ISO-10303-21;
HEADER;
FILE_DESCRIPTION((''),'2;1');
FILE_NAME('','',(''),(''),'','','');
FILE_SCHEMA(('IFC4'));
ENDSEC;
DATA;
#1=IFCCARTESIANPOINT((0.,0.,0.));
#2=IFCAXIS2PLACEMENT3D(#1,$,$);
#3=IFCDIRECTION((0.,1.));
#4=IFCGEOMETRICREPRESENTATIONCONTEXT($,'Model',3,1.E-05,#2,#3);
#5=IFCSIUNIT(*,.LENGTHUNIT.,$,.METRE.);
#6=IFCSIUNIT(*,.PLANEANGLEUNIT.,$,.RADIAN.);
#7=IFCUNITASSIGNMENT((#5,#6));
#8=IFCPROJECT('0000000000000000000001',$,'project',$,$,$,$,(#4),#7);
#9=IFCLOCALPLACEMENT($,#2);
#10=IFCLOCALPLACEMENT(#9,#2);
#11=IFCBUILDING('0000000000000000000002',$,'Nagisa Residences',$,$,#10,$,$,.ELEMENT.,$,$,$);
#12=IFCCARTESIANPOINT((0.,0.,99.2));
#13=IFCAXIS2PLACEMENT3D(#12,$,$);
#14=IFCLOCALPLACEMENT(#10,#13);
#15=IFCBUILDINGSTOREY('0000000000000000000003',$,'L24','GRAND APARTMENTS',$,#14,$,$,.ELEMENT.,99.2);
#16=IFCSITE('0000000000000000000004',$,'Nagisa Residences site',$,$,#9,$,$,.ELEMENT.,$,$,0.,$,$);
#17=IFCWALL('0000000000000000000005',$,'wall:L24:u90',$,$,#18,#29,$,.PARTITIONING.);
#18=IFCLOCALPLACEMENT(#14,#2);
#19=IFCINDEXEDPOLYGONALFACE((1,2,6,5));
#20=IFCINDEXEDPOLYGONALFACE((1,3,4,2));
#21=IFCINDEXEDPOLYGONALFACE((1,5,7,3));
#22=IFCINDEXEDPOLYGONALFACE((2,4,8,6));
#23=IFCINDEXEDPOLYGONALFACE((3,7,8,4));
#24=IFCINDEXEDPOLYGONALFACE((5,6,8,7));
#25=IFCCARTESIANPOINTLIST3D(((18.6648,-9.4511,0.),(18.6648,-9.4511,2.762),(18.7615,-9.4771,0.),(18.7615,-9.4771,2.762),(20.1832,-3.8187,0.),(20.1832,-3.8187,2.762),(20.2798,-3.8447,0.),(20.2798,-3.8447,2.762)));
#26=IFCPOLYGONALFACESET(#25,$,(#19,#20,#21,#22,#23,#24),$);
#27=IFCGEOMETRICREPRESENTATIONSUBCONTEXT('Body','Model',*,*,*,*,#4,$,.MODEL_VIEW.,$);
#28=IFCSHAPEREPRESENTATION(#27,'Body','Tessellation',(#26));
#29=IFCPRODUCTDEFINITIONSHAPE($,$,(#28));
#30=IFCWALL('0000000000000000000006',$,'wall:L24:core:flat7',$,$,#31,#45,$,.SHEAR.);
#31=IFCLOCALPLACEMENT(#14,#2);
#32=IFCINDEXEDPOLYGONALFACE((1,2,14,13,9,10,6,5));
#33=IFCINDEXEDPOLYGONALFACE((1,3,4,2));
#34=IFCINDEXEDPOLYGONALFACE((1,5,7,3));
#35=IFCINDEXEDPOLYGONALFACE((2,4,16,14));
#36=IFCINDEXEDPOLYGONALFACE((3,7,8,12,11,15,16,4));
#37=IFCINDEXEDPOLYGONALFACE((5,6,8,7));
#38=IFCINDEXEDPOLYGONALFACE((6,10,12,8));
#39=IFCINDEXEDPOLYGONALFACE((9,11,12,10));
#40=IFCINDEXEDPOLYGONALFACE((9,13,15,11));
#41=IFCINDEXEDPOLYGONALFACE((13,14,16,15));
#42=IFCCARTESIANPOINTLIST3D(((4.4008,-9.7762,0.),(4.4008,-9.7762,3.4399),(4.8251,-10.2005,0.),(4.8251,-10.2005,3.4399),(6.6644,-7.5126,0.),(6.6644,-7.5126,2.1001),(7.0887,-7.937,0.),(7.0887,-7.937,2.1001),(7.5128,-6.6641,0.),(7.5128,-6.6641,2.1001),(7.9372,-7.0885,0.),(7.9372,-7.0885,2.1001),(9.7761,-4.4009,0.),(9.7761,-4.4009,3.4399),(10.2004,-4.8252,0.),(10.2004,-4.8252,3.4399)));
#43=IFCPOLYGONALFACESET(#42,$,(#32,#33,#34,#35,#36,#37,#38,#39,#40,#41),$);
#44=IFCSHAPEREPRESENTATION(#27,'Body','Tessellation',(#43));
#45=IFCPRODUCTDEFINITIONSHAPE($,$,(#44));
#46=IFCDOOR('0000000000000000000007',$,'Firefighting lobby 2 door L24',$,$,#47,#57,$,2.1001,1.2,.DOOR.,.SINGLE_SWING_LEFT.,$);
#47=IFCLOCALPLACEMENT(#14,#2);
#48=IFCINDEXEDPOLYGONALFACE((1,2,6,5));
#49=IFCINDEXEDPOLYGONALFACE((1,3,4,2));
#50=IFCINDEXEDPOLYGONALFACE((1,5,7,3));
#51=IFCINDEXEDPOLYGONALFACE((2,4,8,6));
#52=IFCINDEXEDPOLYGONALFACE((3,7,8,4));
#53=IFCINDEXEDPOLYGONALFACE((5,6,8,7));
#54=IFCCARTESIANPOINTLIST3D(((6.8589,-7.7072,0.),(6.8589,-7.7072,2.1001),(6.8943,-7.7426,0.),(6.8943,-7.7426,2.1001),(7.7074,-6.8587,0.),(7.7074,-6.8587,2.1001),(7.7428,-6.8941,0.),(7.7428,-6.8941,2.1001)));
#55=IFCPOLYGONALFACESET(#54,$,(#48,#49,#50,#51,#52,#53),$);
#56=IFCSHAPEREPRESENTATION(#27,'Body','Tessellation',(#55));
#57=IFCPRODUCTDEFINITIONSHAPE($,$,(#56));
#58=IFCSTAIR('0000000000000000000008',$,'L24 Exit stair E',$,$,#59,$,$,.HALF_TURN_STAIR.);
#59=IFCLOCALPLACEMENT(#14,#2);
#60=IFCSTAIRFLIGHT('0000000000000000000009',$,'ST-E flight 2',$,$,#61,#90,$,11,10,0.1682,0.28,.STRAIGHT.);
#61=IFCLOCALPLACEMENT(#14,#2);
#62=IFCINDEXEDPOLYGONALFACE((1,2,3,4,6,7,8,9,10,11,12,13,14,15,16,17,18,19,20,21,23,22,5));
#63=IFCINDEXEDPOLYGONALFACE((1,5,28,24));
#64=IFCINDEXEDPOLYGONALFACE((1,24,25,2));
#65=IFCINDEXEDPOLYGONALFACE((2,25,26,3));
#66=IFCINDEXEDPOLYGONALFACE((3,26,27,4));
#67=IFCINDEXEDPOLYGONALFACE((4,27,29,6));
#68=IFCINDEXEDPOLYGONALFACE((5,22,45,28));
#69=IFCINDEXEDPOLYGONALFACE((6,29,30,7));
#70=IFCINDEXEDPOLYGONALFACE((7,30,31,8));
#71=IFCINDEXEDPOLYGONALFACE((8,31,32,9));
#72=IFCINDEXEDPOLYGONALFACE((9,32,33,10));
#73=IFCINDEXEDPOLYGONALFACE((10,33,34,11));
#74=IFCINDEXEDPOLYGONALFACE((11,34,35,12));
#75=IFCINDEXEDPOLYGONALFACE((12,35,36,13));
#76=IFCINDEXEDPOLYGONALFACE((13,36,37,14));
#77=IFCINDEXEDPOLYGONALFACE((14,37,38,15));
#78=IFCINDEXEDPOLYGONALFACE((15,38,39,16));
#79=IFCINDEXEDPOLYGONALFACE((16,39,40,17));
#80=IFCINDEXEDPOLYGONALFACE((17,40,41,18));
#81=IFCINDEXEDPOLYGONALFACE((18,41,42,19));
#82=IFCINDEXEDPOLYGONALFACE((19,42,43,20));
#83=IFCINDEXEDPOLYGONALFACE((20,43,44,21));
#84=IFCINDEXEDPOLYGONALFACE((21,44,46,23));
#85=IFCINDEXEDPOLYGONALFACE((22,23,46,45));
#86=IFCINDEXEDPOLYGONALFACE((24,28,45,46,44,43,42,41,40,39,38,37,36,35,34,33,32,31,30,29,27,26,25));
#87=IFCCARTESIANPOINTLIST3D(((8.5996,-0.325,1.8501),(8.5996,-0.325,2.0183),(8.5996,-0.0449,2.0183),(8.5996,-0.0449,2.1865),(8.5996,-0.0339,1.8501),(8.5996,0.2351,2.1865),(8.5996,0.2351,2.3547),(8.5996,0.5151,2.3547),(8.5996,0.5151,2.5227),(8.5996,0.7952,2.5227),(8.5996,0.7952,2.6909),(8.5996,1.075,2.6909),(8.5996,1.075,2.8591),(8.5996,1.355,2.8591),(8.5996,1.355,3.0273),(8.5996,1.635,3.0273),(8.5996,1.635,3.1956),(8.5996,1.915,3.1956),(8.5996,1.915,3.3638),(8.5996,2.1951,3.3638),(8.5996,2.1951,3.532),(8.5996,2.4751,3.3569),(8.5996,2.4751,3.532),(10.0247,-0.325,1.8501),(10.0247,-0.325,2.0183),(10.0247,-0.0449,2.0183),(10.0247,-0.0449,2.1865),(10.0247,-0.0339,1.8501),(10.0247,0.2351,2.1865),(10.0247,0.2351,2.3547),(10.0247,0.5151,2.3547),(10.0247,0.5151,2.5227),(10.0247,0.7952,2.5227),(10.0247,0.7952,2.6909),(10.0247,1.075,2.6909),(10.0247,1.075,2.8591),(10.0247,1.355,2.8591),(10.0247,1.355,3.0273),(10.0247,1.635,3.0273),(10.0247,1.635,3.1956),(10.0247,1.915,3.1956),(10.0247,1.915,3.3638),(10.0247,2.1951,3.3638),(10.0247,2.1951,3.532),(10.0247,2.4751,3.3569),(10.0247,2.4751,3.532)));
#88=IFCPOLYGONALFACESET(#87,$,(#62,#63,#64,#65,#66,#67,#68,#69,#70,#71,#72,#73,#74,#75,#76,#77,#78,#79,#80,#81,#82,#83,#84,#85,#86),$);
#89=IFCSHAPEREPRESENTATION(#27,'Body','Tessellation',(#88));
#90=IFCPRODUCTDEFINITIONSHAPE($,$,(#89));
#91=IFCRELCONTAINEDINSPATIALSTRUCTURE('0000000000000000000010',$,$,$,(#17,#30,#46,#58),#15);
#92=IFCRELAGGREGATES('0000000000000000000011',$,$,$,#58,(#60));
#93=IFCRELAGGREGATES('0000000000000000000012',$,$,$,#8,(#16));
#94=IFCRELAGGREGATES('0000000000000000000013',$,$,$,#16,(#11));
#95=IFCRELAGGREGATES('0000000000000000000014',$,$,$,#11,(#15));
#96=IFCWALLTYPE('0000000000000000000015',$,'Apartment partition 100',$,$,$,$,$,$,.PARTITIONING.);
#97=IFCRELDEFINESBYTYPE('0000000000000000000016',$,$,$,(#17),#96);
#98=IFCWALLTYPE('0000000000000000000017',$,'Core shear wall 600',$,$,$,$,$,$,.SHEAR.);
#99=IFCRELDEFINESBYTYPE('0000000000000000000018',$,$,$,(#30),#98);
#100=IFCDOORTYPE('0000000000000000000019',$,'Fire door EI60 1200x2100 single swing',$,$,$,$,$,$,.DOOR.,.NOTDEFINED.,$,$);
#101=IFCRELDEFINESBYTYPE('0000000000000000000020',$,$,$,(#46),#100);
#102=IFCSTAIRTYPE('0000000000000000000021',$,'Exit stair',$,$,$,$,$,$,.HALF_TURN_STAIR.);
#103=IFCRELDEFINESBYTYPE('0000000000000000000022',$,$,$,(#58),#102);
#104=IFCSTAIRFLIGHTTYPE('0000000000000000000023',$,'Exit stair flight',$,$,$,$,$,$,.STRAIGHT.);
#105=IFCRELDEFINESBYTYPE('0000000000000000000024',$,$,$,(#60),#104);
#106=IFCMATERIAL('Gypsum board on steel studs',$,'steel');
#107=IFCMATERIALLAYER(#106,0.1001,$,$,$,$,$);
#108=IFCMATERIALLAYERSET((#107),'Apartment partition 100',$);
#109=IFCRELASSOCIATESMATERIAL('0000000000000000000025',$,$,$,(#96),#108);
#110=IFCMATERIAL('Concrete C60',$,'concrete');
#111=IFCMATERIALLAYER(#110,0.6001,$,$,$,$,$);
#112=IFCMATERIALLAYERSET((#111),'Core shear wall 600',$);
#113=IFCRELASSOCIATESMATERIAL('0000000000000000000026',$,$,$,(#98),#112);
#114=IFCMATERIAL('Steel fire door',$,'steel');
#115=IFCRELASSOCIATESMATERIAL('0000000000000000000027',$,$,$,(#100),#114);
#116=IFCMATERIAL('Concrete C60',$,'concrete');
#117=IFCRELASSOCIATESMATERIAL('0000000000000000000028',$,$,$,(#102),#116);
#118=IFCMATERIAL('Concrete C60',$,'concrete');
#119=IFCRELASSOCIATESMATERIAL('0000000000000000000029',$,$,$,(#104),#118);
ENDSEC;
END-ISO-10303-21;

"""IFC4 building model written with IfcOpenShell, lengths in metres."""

from ifc_helpers import new_model, si_unit, direction, frame, frame_2d, origin, place, context, subcontext, project, spatial, polyline, rectangle, outline, extrude, material, layer, layer_set, type_object, element, fill, aggregate, save


model = new_model("IFC4")

# Units and contexts
model_context = context("Model", 3, precision=1e-05, world=origin(), true_north=direction((0.0, 1.0)))
body_context = subcontext(model_context, "Body", "Model", "MODEL_VIEW")
ifc_project = project(units=[si_unit("LENGTHUNIT", "METRE"), si_unit("PLANEANGLEUNIT", "RADIAN")], contexts=[model_context])

# Site, building, storey
site_placement = place(None, origin())
site = spatial("IfcSite", under=ifc_project, at=site_placement, Name="Nagisa Residences site", CompositionType="ELEMENT", RefElevation=0.0)
building_placement = place(site_placement, origin())
building = spatial("IfcBuilding", under=site, at=building_placement, Name="Nagisa Residences", CompositionType="ELEMENT")
storey_placement = place(building_placement, frame((0.0, 0.0, 99.2)))
storey = spatial("IfcBuildingStorey", under=building, at=storey_placement, Name="L24", Description="GRAND APARTMENTS", CompositionType="ELEMENT", Elevation=99.2)

# Shared definitions
ifc_material_1 = material(Name="Gypsum board on steel studs", Category="steel")
ifc_layer_1 = layer(ifc_material_1, 0.1001)
ifc_layer_set_1 = layer_set([ifc_layer_1], Name="Apartment partition 100")
wall_type_1 = type_object("IfcWallType", Name="Apartment partition 100", PredefinedType="PARTITIONING", material=ifc_layer_set_1)

# Wall
wall_1_placement = place(storey_placement, frame((18.7131, -9.4641, 0.0), z_axis=(0.0, 0.0, 1.0), x_axis=(0.26028, 0.965533, 0.0)))
element("IfcWall", 1, at=wall_1_placement, inside=storey, type_object=wall_type_1, Name="wall:L24:u90", PredefinedType="PARTITIONING", context=body_context, shape_type="SweptSolid", body=[
    extrude(rectangle(XDim=5.8335, YDim=0.1001, at=frame_2d((2.9167, 0.0))), origin(), (0.0, 0.0, 1.0), 2.762),
])

# Wall, opening, door
ifc_material_2 = material(Name="Concrete C60", Category="concrete")
ifc_layer_2 = layer(ifc_material_2, 0.6001)
ifc_layer_set_2 = layer_set([ifc_layer_2], Name="Core shear wall 600")
wall_type_2 = type_object("IfcWallType", Name="Core shear wall 600", PredefinedType="SHEAR", material=ifc_layer_set_2)
wall_2_placement = place(storey_placement, frame((4.613, -9.9883, 0.0), z_axis=(0.0, 0.0, 1.0), x_axis=(0.707107, 0.707107, 0.0)))
wall_2 = element("IfcWall", 2, at=wall_2_placement, inside=storey, type_object=wall_type_2, Name="wall:L24:core:flat7", PredefinedType="SHEAR", context=body_context, shape_type="SweptSolid", body=[
    extrude(rectangle(XDim=7.6018, YDim=0.6001, at=frame_2d((3.8008, 0.0))), origin(), (0.0, 0.0, 1.0), 3.4399),
])
opening_1_placement = place(wall_2_placement, frame((3.2009, 0.0, 0.0)))
opening_1 = element("IfcOpeningElement", 3, at=opening_1_placement, cuts=wall_2, PredefinedType="OPENING", context=body_context, shape_type="SweptSolid", body=[
    extrude(rectangle(XDim=1.2, YDim=2.1001, at=frame_2d((0.6001, 1.05))), frame((0.0, 0.3101, 0.0), z_axis=(0.0, -1.0, 0.0), x_axis=(1.0, 0.0, 0.0)), (0.0, 0.0, 1.0), 0.6201),
])
ifc_material_3 = material(Name="Steel fire door", Category="steel")
door_type_1 = type_object("IfcDoorType", Name="Fire door EI60 1200x2100 single swing", OperationType="NOTDEFINED", PredefinedType="DOOR", material=ifc_material_3)
door_1_placement = place(opening_1_placement, origin())
door_1 = element("IfcDoor", 4, at=door_1_placement, inside=storey, type_object=door_type_1, Name="Firefighting lobby 2 door L24", OperationType="SINGLE_SWING_LEFT", OverallHeight=2.1001, OverallWidth=1.2, PredefinedType="DOOR", context=body_context, shape_type="SweptSolid", body=[
    extrude(rectangle(XDim=1.2, YDim=2.1001, at=frame_2d((0.6001, 1.05))), frame((0.0, 0.0249, 0.0), z_axis=(0.0, -1.0, 0.0), x_axis=(1.0, 0.0, 0.0)), (0.0, 0.0, 1.0), 0.05),
])
fill(opening_1, door_1)

# Stair, stair flight
ifc_material_4 = material(Name="Concrete C60", Category="concrete")
stair_type = type_object("IfcStairType", Name="Exit stair", PredefinedType="HALF_TURN_STAIR", material=ifc_material_4)
stair_placement = place(storey_placement, origin())
stair = element("IfcStair", 5, at=stair_placement, inside=storey, type_object=stair_type, Name="L24 Exit stair E", PredefinedType="HALF_TURN_STAIR")
ifc_material_5 = material(Name="Concrete C60", Category="concrete")
stair_flight_type = type_object("IfcStairFlightType", Name="Exit stair flight", PredefinedType="STRAIGHT", material=ifc_material_5)
stair_flight_placement = place(storey_placement, frame((9.312, -0.325, 1.8501), z_axis=(0.0, 0.0, 1.0), x_axis=(0.0, 1.0, 0.0)))
stair_flight = element("IfcStairFlight", 6, at=stair_flight_placement, type_object=stair_flight_type, Name="ST-E flight 2", NumberOfRisers=11, NumberOfTreads=10, PredefinedType="STRAIGHT", RiserHeight=0.1682, TreadLength=0.28, context=body_context, shape_type="SweptSolid", body=[
    extrude(outline(polyline([(0.0, 0.0), (0.0, 0.1682), (0.28, 0.1682), (0.28, 0.3364), (0.5601, 0.3364), (0.5601, 0.5046), (0.8401, 0.5046), (0.8401, 0.6726), (1.1201, 0.6726), (1.1201, 0.8408), (1.3999, 0.8408), (1.3999, 1.009), (1.6799, 1.009), (1.6799, 1.1772), (1.96, 1.1772), (1.96, 1.3455), (2.24, 1.3455), (2.24, 1.5137), (2.52, 1.5137), (2.52, 1.6819), (2.8, 1.6819), (2.8, 1.8501), (2.8, 1.5068), (0.291, 0.0), (0.0, 0.0)])), frame((0.0, 0.7124, 0.0), z_axis=(0.0, -1.0, 0.0), x_axis=(1.0, 0.0, 0.0)), (0.0, 0.0, 1.0), 1.425),
])
aggregate(stair, [stair_flight])

save(model, "model.ifc")
